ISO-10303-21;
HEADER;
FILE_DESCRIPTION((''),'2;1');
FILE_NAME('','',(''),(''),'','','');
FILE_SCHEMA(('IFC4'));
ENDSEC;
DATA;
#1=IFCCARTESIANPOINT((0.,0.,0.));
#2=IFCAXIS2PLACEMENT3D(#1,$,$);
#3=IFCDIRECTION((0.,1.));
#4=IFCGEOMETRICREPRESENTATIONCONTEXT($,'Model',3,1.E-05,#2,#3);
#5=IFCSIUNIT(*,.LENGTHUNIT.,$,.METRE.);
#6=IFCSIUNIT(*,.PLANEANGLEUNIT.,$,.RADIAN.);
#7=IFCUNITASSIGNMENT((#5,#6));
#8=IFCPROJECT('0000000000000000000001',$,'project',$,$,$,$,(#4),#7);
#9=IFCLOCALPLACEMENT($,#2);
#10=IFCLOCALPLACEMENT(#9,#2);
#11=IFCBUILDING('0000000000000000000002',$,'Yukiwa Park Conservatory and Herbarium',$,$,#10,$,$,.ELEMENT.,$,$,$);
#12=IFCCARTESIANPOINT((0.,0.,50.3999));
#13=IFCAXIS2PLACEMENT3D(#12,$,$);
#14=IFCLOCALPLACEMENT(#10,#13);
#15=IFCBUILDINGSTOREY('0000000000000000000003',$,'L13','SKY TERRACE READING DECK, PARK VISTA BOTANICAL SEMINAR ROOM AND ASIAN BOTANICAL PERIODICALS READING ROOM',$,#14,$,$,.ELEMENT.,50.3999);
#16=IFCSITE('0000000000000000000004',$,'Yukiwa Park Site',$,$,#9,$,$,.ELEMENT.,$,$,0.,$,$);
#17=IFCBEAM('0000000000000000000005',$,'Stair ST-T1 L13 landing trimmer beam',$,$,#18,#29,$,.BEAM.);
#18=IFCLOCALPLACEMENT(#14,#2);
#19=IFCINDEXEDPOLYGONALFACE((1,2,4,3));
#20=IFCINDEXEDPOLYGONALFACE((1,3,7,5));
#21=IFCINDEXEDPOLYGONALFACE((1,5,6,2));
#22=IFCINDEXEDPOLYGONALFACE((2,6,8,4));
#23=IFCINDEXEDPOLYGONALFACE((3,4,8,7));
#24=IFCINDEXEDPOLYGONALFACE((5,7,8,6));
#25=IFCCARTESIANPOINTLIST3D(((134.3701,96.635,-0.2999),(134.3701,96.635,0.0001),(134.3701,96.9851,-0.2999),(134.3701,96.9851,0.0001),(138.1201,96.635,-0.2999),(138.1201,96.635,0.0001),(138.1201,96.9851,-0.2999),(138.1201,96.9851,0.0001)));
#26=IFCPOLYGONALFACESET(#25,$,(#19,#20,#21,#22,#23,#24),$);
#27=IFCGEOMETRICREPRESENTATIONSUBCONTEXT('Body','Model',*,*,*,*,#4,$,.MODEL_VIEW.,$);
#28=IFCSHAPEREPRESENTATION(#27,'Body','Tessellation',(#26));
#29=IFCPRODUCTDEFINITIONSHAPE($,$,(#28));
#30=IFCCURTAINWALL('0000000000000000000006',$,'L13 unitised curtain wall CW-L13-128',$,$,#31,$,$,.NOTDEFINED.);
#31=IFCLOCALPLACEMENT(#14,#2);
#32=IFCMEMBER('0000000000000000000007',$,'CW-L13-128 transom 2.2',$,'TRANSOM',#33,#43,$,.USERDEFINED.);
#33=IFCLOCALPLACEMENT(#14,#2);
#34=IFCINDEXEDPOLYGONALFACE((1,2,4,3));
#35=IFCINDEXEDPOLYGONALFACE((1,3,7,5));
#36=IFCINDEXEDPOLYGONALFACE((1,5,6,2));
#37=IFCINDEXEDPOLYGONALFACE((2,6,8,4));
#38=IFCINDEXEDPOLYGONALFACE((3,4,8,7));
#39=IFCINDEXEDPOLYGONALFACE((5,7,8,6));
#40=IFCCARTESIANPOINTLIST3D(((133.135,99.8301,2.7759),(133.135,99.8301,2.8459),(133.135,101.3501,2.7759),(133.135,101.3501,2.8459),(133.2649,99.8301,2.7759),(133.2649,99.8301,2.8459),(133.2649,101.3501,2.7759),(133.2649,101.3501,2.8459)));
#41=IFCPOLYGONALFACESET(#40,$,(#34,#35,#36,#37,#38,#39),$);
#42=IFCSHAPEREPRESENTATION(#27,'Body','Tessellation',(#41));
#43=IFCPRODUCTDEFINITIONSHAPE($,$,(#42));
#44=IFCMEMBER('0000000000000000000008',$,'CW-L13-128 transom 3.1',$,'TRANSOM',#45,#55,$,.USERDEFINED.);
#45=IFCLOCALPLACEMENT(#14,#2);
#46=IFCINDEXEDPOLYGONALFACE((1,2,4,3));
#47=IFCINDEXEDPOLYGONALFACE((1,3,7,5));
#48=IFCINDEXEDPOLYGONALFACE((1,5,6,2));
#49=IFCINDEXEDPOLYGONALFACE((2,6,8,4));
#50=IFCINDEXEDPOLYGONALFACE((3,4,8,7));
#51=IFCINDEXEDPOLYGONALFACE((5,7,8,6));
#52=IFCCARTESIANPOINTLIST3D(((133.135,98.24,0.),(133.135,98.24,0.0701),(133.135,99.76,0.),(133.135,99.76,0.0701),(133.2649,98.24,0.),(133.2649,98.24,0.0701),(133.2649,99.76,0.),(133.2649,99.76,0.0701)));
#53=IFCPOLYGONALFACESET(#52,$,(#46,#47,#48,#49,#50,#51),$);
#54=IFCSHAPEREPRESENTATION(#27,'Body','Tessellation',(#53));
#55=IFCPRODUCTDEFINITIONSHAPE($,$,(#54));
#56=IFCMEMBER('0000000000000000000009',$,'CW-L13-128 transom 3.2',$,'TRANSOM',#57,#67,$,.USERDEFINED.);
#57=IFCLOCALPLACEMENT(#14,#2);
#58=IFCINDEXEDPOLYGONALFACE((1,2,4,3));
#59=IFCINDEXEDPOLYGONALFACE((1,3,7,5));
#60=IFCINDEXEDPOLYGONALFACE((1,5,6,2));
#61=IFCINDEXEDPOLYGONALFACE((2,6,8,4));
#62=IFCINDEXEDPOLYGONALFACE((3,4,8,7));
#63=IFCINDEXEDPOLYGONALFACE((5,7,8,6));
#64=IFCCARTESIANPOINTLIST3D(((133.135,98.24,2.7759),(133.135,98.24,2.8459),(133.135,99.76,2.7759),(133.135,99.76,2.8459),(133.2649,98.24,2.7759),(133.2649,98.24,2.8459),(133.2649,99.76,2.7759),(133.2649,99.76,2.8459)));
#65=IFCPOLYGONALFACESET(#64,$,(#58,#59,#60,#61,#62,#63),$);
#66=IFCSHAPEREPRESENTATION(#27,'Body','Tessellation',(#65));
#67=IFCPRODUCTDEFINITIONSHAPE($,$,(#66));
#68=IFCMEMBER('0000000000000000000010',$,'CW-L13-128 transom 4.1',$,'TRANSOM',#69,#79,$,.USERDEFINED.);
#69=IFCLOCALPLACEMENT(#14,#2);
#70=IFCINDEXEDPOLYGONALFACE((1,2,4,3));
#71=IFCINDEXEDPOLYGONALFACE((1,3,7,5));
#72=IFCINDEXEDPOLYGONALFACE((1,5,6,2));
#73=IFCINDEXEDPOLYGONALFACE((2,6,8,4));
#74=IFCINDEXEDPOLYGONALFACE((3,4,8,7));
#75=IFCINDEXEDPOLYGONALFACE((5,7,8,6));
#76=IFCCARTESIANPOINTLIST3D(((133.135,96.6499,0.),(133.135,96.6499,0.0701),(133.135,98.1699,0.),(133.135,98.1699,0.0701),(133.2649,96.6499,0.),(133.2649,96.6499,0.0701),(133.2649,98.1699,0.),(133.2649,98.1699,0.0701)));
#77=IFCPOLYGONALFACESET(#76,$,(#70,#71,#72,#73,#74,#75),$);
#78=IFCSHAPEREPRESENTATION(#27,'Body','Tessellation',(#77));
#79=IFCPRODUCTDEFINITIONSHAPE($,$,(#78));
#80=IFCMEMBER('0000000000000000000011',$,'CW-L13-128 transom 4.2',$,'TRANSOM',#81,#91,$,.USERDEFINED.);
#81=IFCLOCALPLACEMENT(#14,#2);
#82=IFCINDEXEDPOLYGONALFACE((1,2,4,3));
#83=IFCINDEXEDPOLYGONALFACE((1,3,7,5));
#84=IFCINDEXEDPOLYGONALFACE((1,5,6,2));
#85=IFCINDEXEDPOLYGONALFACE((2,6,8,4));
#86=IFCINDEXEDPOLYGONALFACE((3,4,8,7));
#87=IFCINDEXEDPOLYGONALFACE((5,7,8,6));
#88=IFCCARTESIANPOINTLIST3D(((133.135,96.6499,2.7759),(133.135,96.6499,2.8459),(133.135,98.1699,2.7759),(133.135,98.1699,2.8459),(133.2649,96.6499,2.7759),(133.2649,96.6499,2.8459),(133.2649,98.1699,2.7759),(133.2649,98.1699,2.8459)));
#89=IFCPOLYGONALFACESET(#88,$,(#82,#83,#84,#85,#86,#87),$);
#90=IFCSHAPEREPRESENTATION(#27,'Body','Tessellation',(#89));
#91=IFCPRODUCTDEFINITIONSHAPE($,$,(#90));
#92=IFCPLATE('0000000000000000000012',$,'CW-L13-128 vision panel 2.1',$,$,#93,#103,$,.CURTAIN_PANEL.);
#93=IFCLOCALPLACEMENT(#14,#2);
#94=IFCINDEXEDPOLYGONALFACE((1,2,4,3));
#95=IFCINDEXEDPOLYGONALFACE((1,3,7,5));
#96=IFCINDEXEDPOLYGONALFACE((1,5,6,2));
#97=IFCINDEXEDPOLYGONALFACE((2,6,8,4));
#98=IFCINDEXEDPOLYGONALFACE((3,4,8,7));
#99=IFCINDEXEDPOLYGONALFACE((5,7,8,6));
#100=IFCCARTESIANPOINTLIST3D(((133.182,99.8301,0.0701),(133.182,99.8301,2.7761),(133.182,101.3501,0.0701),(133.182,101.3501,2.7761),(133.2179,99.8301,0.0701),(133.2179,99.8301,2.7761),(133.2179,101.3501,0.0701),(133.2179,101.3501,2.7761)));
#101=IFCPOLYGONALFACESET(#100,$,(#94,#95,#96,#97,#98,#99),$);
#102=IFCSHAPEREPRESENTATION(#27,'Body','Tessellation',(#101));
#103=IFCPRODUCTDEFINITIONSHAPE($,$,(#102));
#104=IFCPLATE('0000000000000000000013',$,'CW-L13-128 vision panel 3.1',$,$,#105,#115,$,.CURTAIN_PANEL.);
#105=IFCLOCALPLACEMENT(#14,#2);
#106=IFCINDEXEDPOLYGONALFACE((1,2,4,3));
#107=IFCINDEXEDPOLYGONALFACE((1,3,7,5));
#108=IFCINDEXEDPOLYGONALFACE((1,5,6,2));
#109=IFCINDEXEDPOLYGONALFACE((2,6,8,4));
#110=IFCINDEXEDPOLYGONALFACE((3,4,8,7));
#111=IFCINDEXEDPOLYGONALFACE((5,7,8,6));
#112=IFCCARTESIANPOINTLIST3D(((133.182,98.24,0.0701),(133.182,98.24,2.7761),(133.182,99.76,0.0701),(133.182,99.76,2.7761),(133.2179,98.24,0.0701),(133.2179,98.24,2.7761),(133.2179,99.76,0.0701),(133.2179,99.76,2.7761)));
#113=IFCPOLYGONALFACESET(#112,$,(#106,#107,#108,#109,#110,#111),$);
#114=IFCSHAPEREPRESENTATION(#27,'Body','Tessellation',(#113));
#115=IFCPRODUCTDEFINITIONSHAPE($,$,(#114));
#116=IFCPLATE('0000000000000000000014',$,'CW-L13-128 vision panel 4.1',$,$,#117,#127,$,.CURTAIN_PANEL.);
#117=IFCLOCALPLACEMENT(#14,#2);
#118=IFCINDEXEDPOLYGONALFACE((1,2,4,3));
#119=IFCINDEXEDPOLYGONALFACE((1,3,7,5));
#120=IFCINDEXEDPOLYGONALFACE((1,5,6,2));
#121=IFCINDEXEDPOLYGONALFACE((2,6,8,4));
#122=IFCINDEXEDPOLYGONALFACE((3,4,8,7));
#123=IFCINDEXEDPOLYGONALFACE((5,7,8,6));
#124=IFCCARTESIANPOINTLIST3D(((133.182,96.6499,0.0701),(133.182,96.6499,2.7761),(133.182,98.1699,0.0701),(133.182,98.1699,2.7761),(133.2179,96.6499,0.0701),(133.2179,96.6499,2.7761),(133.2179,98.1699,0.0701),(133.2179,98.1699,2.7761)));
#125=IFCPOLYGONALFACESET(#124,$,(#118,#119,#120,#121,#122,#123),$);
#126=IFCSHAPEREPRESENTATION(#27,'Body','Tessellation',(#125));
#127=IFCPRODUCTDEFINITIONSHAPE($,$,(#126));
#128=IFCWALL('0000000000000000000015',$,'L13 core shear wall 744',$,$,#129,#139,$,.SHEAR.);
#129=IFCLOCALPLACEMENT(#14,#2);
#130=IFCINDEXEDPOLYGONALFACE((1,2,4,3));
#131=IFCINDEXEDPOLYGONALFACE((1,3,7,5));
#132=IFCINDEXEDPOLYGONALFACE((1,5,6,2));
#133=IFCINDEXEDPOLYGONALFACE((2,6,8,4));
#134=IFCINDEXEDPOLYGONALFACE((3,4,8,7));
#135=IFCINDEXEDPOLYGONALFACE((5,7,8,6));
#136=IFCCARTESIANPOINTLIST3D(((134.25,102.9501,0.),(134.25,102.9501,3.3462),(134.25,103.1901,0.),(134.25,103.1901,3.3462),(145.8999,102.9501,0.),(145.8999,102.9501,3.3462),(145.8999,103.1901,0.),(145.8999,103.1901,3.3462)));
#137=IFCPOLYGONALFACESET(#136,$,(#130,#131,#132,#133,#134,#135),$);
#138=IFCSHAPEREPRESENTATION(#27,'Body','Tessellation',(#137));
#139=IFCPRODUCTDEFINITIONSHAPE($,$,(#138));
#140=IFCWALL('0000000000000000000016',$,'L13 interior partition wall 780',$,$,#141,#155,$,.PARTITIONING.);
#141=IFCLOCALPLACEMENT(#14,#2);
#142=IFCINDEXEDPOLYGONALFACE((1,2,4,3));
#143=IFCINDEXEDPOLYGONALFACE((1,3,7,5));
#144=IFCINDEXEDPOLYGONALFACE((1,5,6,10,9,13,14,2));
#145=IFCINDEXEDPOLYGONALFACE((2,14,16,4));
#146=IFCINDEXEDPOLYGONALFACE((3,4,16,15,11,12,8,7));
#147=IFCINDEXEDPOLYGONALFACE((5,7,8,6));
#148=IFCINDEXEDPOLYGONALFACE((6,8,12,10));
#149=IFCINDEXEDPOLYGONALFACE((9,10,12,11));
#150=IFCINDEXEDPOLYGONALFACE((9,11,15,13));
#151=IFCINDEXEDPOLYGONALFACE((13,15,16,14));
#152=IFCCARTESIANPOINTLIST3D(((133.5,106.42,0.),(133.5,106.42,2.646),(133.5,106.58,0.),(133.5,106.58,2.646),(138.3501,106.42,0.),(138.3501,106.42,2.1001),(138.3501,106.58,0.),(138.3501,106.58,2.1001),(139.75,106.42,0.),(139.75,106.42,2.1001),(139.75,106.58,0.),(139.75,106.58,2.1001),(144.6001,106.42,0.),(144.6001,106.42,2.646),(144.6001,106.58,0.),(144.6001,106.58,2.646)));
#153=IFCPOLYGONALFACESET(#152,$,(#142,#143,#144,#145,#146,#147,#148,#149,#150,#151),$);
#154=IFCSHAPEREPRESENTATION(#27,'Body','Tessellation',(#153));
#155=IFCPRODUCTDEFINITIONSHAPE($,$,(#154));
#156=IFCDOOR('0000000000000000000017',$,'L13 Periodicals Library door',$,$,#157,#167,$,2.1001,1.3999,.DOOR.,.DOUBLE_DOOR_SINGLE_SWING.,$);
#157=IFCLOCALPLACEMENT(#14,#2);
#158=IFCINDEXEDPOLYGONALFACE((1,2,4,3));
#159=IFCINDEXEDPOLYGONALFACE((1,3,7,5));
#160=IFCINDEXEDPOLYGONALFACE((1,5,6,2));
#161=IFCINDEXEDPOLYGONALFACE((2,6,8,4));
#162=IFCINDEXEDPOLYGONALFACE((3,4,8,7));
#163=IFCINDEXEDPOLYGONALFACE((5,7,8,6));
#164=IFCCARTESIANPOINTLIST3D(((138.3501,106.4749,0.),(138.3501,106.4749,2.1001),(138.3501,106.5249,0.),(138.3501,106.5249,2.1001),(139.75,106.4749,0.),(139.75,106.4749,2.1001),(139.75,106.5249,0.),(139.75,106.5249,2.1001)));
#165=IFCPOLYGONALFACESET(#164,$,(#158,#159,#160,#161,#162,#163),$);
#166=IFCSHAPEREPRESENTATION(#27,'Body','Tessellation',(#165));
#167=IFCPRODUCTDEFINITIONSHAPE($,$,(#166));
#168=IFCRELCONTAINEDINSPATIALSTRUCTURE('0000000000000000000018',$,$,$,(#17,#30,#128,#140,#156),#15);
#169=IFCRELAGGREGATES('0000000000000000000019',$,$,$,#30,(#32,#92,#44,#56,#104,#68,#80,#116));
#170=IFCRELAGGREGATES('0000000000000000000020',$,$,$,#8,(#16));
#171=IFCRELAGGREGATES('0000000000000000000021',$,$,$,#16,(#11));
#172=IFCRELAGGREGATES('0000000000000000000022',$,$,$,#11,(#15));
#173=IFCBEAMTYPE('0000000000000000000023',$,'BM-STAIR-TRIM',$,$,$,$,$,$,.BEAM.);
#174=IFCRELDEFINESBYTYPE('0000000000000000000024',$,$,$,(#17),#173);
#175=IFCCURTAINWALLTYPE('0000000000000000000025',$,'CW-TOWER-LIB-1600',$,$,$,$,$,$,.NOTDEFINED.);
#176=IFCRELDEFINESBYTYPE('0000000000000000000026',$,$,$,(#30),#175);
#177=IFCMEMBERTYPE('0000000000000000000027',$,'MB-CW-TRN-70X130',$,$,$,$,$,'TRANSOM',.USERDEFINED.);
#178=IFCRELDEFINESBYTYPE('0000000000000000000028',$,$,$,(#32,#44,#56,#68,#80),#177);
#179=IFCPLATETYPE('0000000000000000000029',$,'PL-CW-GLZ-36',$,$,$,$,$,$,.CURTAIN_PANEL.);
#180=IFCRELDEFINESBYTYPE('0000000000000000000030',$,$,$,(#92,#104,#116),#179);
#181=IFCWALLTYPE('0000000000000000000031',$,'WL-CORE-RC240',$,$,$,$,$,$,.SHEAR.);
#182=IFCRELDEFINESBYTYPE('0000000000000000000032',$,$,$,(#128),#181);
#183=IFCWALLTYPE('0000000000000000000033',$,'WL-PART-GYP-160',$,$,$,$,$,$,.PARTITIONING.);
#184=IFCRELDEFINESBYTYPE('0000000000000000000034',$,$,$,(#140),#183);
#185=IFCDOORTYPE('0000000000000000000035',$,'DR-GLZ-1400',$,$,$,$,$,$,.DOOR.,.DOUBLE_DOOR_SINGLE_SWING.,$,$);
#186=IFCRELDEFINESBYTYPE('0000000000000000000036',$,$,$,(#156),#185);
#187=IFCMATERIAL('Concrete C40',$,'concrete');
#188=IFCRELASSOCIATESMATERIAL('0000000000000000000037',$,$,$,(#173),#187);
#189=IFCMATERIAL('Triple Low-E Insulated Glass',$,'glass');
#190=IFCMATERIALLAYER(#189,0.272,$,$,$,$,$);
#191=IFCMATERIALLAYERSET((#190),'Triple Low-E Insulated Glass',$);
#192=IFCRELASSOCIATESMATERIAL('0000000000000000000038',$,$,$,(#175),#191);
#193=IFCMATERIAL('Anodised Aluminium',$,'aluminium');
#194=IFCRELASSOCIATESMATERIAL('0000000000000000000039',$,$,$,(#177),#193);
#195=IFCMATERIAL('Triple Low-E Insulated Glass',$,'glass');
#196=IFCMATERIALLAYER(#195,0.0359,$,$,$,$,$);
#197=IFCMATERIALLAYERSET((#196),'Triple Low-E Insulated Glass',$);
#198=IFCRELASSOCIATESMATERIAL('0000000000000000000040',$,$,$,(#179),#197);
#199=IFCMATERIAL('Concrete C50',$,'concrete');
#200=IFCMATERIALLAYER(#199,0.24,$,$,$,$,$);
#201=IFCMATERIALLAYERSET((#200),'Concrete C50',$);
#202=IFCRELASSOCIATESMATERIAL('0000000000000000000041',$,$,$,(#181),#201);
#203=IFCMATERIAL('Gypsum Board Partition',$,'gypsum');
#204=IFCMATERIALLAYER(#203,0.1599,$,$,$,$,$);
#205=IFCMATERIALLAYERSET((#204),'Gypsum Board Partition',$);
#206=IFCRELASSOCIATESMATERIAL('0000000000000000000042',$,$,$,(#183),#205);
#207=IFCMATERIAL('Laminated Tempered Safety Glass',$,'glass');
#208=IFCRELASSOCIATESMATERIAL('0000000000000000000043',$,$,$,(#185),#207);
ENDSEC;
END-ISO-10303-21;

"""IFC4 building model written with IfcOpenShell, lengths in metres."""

from ifc_helpers import new_model, si_unit, direction, frame, frame_2d, origin, origin_2d, place, context, subcontext, project, spatial, rectangle, extrude, material, layer, layer_set, material_profile, profile_set, type_object, element, fill, aggregate, save


model = new_model("IFC4")

# Units and contexts
model_context = context("Model", 3, precision=1e-05, world=origin(), true_north=direction((0.0, 1.0)))
body_context = subcontext(model_context, "Body", "Model", "MODEL_VIEW")
ifc_project = project(units=[si_unit("LENGTHUNIT", "METRE"), si_unit("PLANEANGLEUNIT", "RADIAN")], contexts=[model_context])

# Site, building, storey
site_placement = place(None, origin())
site = spatial("IfcSite", under=ifc_project, at=site_placement, Name="Yukiwa Park Site", CompositionType="ELEMENT", RefElevation=0.0)
building_placement = place(site_placement, origin())
building = spatial("IfcBuilding", under=site, at=building_placement, Name="Yukiwa Park Conservatory and Herbarium", CompositionType="ELEMENT")
storey_placement = place(building_placement, frame((0.0, 0.0, 50.3999)))
storey = spatial("IfcBuildingStorey", under=building, at=storey_placement, Name="L13", Description="SKY TERRACE READING DECK, PARK VISTA BOTANICAL SEMINAR ROOM AND ASIAN BOTANICAL PERIODICALS READING ROOM", CompositionType="ELEMENT", Elevation=50.3999)

# Beam
ifc_material_1 = material(Name="Concrete C40", Category="concrete")
ifc_material_profile_1 = material_profile(ifc_material_1, rectangle(XDim=0.3501, YDim=0.3, at=origin_2d()), Name="RC 350x300")
ifc_profile_set_1 = profile_set([ifc_material_profile_1], Name="Concrete C40")
beam_type_1 = type_object("IfcBeamType", Name="BM-STAIR-TRIM", PredefinedType="BEAM", material=ifc_profile_set_1)
beam_placement = place(storey_placement, frame((134.3701, 96.8101, -0.1499), z_axis=(1.0, 0.0, 0.0), x_axis=(0.0, 1.0, 0.0)))
element("IfcBeam", 1, at=beam_placement, inside=storey, type_object=beam_type_1, Name="Stair ST-T1 L13 landing trimmer beam", PredefinedType="BEAM", context=body_context, shape_type="SweptSolid", body=[
    extrude(rectangle(XDim=0.3501, YDim=0.3, at=origin_2d()), origin(), (0.0, 0.0, 1.0), 3.75),
])

# Curtain wall, members, plates
ifc_material_2 = material(Name="Triple Low-E Insulated Glass", Category="glass")
ifc_layer_1 = layer(ifc_material_2, 0.272)
ifc_layer_set_1 = layer_set([ifc_layer_1], Name="Triple Low-E Insulated Glass")
curtain_wall_type = type_object("IfcCurtainWallType", Name="CW-TOWER-LIB-1600", PredefinedType="NOTDEFINED", material=ifc_layer_set_1)
curtain_wall_placement = place(storey_placement, origin())
curtain_wall = element("IfcCurtainWall", 2, at=curtain_wall_placement, inside=storey, type_object=curtain_wall_type, Name="L13 unitised curtain wall CW-L13-128", PredefinedType="NOTDEFINED")
ifc_material_3 = material(Name="Anodised Aluminium", Category="aluminium")
member_type = type_object("IfcMemberType", Name="MB-CW-TRN-70X130", ElementType="TRANSOM", PredefinedType="USERDEFINED", material=ifc_material_3)
member_1_placement = place(storey_placement, frame((133.2, 100.5901, 2.7759), z_axis=(0.0, 0.0, 1.0), x_axis=(0.0, -1.0, 0.0)))
member_1 = element("IfcMember", 3, at=member_1_placement, type_object=member_type, Name="CW-L13-128 transom 2.2", ObjectType="TRANSOM", PredefinedType="USERDEFINED", context=body_context, shape_type="SweptSolid", body=[
    extrude(rectangle(XDim=1.52, YDim=0.1299, at=origin_2d()), origin(), (0.0, 0.0, 1.0), 0.0701),
])
member_2_placement = place(storey_placement, frame((133.2, 99.0, 0.0), z_axis=(0.0, 0.0, 1.0), x_axis=(0.0, -1.0, 0.0)))
member_2 = element("IfcMember", 4, at=member_2_placement, type_object=member_type, Name="CW-L13-128 transom 3.1", ObjectType="TRANSOM", PredefinedType="USERDEFINED", context=body_context, shape_type="SweptSolid", body=[
    extrude(rectangle(XDim=1.52, YDim=0.1299, at=origin_2d()), origin(), (0.0, 0.0, 1.0), 0.0701),
])
member_3_placement = place(storey_placement, frame((133.2, 99.0, 2.7759), z_axis=(0.0, 0.0, 1.0), x_axis=(0.0, -1.0, 0.0)))
member_3 = element("IfcMember", 5, at=member_3_placement, type_object=member_type, Name="CW-L13-128 transom 3.2", ObjectType="TRANSOM", PredefinedType="USERDEFINED", context=body_context, shape_type="SweptSolid", body=[
    extrude(rectangle(XDim=1.52, YDim=0.1299, at=origin_2d()), origin(), (0.0, 0.0, 1.0), 0.0701),
])
member_4_placement = place(storey_placement, frame((133.2, 97.4099, 0.0), z_axis=(0.0, 0.0, 1.0), x_axis=(0.0, -1.0, 0.0)))
member_4 = element("IfcMember", 6, at=member_4_placement, type_object=member_type, Name="CW-L13-128 transom 4.1", ObjectType="TRANSOM", PredefinedType="USERDEFINED", context=body_context, shape_type="SweptSolid", body=[
    extrude(rectangle(XDim=1.52, YDim=0.1299, at=origin_2d()), origin(), (0.0, 0.0, 1.0), 0.0701),
])
member_5_placement = place(storey_placement, frame((133.2, 97.4099, 2.7759), z_axis=(0.0, 0.0, 1.0), x_axis=(0.0, -1.0, 0.0)))
member_5 = element("IfcMember", 7, at=member_5_placement, type_object=member_type, Name="CW-L13-128 transom 4.2", ObjectType="TRANSOM", PredefinedType="USERDEFINED", context=body_context, shape_type="SweptSolid", body=[
    extrude(rectangle(XDim=1.52, YDim=0.1299, at=origin_2d()), origin(), (0.0, 0.0, 1.0), 0.0701),
])
ifc_material_4 = material(Name="Triple Low-E Insulated Glass", Category="glass")
ifc_layer_2 = layer(ifc_material_4, 0.0359)
ifc_layer_set_2 = layer_set([ifc_layer_2], Name="Triple Low-E Insulated Glass")
plate_type = type_object("IfcPlateType", Name="PL-CW-GLZ-36", PredefinedType="CURTAIN_PANEL", material=ifc_layer_set_2)
plate_1_placement = place(storey_placement, frame((133.2, 100.5901, 0.0701), z_axis=(0.0, 0.0, 1.0), x_axis=(0.0, -1.0, 0.0)))
plate_1 = element("IfcPlate", 8, at=plate_1_placement, type_object=plate_type, Name="CW-L13-128 vision panel 2.1", PredefinedType="CURTAIN_PANEL", context=body_context, shape_type="SweptSolid", body=[
    extrude(rectangle(XDim=1.52, YDim=0.0359, at=origin_2d()), origin(), (0.0, 0.0, 1.0), 2.7061),
])
plate_2_placement = place(storey_placement, frame((133.2, 99.0, 0.0701), z_axis=(0.0, 0.0, 1.0), x_axis=(0.0, -1.0, 0.0)))
plate_2 = element("IfcPlate", 9, at=plate_2_placement, type_object=plate_type, Name="CW-L13-128 vision panel 3.1", PredefinedType="CURTAIN_PANEL", context=body_context, shape_type="SweptSolid", body=[
    extrude(rectangle(XDim=1.52, YDim=0.0359, at=origin_2d()), origin(), (0.0, 0.0, 1.0), 2.7061),
])
plate_3_placement = place(storey_placement, frame((133.2, 97.4099, 0.0701), z_axis=(0.0, 0.0, 1.0), x_axis=(0.0, -1.0, 0.0)))
plate_3 = element("IfcPlate", 10, at=plate_3_placement, type_object=plate_type, Name="CW-L13-128 vision panel 4.1", PredefinedType="CURTAIN_PANEL", context=body_context, shape_type="SweptSolid", body=[
    extrude(rectangle(XDim=1.52, YDim=0.0359, at=origin_2d()), origin(), (0.0, 0.0, 1.0), 2.7061),
])
aggregate(curtain_wall, [member_1, plate_1, member_2, member_3, plate_2, member_4, member_5, plate_3])

# Wall
ifc_material_5 = material(Name="Concrete C50", Category="concrete")
ifc_layer_3 = layer(ifc_material_5, 0.24)
ifc_layer_set_3 = layer_set([ifc_layer_3], Name="Concrete C50")
wall_type_1 = type_object("IfcWallType", Name="WL-CORE-RC240", PredefinedType="SHEAR", material=ifc_layer_set_3)
wall_1_placement = place(storey_placement, frame((134.25, 103.0701, 0.0), z_axis=(0.0, 0.0, 1.0), x_axis=(1.0, 0.0, 0.0)))
element("IfcWall", 11, at=wall_1_placement, inside=storey, type_object=wall_type_1, Name="L13 core shear wall 744", PredefinedType="SHEAR", context=body_context, shape_type="SweptSolid", body=[
    extrude(rectangle(XDim=11.6499, YDim=0.24, at=frame_2d((5.825, 0.0))), origin(), (0.0, 0.0, 1.0), 3.3462),
])

# Wall, opening, door
ifc_material_6 = material(Name="Gypsum Board Partition", Category="gypsum")
ifc_layer_4 = layer(ifc_material_6, 0.1599)
ifc_layer_set_4 = layer_set([ifc_layer_4], Name="Gypsum Board Partition")
wall_type_2 = type_object("IfcWallType", Name="WL-PART-GYP-160", PredefinedType="PARTITIONING", material=ifc_layer_set_4)
wall_2_placement = place(storey_placement, frame((133.5, 106.5, 0.0), z_axis=(0.0, 0.0, 1.0), x_axis=(1.0, 0.0, 0.0)))
wall_2 = element("IfcWall", 12, at=wall_2_placement, inside=storey, type_object=wall_type_2, Name="L13 interior partition wall 780", PredefinedType="PARTITIONING", context=body_context, shape_type="SweptSolid", body=[
    extrude(rectangle(XDim=11.1001, YDim=0.1599, at=frame_2d((5.55, 0.0))), origin(), (0.0, 0.0, 1.0), 2.646),
])
opening_placement = place(wall_2_placement, frame((4.8501, 0.0, 0.0)))
opening = element("IfcOpeningElement", 13, at=opening_placement, cuts=wall_2, PredefinedType="OPENING", context=body_context, shape_type="SweptSolid", body=[
    extrude(rectangle(XDim=1.3999, YDim=2.1001, at=frame_2d((0.7, 1.05))), frame((0.0, 0.0898, 0.0), z_axis=(0.0, -1.0, 0.0), x_axis=(1.0, 0.0, 0.0)), (0.0, 0.0, 1.0), 0.1799),
])
ifc_material_7 = material(Name="Laminated Tempered Safety Glass", Category="glass")
door_type = type_object("IfcDoorType", Name="DR-GLZ-1400", OperationType="DOUBLE_DOOR_SINGLE_SWING", PredefinedType="DOOR", material=ifc_material_7)
door_placement = place(opening_placement, origin())
door = element("IfcDoor", 14, at=door_placement, inside=storey, type_object=door_type, Name="L13 Periodicals Library door", OperationType="DOUBLE_DOOR_SINGLE_SWING", OverallHeight=2.1001, OverallWidth=1.3999, PredefinedType="DOOR", context=body_context, shape_type="SweptSolid", body=[
    extrude(rectangle(XDim=1.3999, YDim=2.1001, at=frame_2d((0.7, 1.05))), frame((0.0, 0.0249, 0.0), z_axis=(0.0, -1.0, 0.0), x_axis=(1.0, 0.0, 0.0)), (0.0, 0.0, 1.0), 0.05),
])
fill(opening, door)

save(model, "model.ifc")
